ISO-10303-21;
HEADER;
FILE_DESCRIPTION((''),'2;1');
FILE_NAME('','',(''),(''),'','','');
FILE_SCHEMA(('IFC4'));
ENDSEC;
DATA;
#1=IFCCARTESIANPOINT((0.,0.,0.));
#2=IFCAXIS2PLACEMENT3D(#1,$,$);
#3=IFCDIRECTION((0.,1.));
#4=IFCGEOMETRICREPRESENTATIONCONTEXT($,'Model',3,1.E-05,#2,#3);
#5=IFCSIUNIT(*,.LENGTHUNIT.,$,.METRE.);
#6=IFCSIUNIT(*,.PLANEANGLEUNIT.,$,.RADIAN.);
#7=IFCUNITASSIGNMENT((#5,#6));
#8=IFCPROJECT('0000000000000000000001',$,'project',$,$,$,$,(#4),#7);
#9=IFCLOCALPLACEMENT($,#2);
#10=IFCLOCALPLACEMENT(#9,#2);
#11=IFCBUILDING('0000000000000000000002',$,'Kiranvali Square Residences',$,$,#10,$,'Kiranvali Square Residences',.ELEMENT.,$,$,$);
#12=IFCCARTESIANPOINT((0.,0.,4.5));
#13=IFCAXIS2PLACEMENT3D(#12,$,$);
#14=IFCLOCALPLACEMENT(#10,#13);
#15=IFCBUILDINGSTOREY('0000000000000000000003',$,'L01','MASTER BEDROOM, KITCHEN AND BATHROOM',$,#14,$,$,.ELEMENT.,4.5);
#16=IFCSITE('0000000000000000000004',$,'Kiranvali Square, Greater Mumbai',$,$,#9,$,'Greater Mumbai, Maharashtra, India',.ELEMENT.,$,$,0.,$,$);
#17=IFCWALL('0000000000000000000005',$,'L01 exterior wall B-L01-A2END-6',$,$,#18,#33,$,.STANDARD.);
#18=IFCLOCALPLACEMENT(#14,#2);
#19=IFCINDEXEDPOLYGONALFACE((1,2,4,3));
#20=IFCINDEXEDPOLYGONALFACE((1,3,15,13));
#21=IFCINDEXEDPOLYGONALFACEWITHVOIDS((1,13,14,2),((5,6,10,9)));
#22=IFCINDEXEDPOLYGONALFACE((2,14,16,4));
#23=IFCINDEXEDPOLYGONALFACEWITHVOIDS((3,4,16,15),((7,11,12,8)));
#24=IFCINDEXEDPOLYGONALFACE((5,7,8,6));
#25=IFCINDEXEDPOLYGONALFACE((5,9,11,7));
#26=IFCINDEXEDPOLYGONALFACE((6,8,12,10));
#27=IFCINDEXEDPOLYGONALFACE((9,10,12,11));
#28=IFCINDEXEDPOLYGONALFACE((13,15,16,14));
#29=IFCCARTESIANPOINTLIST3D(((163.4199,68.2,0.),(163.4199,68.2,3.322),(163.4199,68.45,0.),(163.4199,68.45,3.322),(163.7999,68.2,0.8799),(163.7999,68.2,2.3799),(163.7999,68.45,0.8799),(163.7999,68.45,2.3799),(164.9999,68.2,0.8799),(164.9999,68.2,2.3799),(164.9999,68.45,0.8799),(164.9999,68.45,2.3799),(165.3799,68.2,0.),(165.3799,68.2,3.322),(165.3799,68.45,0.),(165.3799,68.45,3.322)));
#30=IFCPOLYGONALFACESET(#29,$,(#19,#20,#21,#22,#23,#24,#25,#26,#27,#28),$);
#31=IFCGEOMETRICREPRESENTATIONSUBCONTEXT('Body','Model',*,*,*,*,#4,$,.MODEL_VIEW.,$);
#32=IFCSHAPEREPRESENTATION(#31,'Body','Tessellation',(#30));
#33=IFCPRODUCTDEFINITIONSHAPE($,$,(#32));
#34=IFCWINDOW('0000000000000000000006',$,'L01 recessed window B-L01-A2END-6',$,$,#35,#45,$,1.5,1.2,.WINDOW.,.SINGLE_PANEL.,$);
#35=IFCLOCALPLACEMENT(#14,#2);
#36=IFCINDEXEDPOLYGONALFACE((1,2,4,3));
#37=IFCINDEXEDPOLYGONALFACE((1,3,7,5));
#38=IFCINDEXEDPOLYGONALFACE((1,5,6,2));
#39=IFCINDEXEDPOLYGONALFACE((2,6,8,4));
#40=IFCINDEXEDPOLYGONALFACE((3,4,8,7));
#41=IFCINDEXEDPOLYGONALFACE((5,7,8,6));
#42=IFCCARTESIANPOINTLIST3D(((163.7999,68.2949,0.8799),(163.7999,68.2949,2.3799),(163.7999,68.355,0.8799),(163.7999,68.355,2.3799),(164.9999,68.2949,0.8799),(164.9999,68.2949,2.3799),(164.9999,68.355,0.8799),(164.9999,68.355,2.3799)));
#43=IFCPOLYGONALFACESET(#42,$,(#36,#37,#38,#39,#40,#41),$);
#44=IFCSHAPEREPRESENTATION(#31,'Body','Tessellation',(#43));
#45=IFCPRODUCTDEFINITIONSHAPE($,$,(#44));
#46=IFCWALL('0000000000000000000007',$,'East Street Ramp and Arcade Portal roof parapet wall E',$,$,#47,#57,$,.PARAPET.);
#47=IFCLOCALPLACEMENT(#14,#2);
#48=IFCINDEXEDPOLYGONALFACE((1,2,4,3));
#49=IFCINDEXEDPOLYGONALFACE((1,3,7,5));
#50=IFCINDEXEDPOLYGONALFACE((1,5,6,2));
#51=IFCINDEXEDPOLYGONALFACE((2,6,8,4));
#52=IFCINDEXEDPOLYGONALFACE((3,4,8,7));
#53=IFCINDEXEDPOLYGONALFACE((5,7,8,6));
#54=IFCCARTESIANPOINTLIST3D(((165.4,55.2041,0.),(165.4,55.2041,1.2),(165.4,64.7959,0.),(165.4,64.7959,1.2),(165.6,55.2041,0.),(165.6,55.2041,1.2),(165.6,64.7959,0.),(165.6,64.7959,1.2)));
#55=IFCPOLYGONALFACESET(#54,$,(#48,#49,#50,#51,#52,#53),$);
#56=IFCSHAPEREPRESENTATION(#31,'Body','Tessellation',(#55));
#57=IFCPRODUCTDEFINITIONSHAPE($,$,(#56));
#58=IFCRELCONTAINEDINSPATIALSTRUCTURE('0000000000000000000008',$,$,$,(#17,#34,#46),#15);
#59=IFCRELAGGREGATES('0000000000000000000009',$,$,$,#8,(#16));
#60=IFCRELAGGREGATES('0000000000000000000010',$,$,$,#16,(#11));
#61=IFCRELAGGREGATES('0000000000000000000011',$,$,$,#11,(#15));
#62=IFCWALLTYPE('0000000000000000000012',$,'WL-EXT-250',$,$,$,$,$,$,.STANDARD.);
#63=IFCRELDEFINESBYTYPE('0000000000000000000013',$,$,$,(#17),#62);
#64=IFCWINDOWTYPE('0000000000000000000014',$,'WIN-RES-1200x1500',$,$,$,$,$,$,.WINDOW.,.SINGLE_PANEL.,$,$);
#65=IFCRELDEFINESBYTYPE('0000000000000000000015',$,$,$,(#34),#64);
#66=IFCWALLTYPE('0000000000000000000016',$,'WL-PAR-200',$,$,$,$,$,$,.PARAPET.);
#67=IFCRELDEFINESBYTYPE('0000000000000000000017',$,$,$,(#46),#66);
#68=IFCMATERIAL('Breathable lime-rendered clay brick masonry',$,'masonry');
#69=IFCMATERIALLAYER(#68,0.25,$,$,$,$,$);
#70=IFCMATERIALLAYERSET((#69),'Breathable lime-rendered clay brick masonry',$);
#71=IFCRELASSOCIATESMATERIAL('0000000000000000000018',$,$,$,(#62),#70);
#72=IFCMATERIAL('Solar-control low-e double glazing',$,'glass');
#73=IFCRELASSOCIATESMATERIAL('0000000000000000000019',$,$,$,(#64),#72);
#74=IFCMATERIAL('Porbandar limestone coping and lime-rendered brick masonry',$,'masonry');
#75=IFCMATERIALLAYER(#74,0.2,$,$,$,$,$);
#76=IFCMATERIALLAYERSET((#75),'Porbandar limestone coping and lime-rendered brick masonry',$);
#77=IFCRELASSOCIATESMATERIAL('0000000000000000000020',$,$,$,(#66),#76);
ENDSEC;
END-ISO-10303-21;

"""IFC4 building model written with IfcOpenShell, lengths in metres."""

from ifc_helpers import new_model, si_unit, direction, frame, frame_2d, origin, place, context, subcontext, project, spatial, rectangle, extrude, material, layer, layer_set, type_object, element, fill, save


model = new_model("IFC4")

# Units and contexts
model_context = context("Model", 3, precision=1e-05, world=origin(), true_north=direction((0.0, 1.0)))
body_context = subcontext(model_context, "Body", "Model", "MODEL_VIEW")
ifc_project = project(units=[si_unit("LENGTHUNIT", "METRE"), si_unit("PLANEANGLEUNIT", "RADIAN")], contexts=[model_context])

# Site, building, storey
site_placement = place(None, origin())
site = spatial("IfcSite", under=ifc_project, at=site_placement, Name="Kiranvali Square, Greater Mumbai", LongName="Greater Mumbai, Maharashtra, India", CompositionType="ELEMENT", RefElevation=0.0)
building_placement = place(site_placement, origin())
building = spatial("IfcBuilding", under=site, at=building_placement, Name="Kiranvali Square Residences", LongName="Kiranvali Square Residences", CompositionType="ELEMENT")
storey_placement = place(building_placement, frame((0.0, 0.0, 4.5)))
storey = spatial("IfcBuildingStorey", under=building, at=storey_placement, Name="L01", Description="MASTER BEDROOM, KITCHEN AND BATHROOM", CompositionType="ELEMENT", Elevation=4.5)

# Wall, opening, window
ifc_material_1 = material(Name="Breathable lime-rendered clay brick masonry", Category="masonry")
ifc_layer_1 = layer(ifc_material_1, 0.25)
ifc_layer_set_1 = layer_set([ifc_layer_1], Name="Breathable lime-rendered clay brick masonry")
wall_type_1 = type_object("IfcWallType", Name="WL-EXT-250", PredefinedType="STANDARD", material=ifc_layer_set_1)
ifc_material_2 = material(Name="Solar-control low-e double glazing", Category="glass")
window_type = type_object("IfcWindowType", Name="WIN-RES-1200x1500", PartitioningType="SINGLE_PANEL", PredefinedType="WINDOW", material=ifc_material_2)
wall_1_placement = place(storey_placement, frame((163.4199, 68.325, 0.0), z_axis=(0.0, 0.0, 1.0), x_axis=(1.0, 0.0, 0.0)))
wall_1 = element("IfcWall", 1, at=wall_1_placement, inside=storey, type_object=wall_type_1, Name="L01 exterior wall B-L01-A2END-6", PredefinedType="STANDARD", context=body_context, shape_type="SweptSolid", body=[
    extrude(rectangle(XDim=1.96, YDim=0.25, at=frame_2d((0.98, 0.0))), origin(), (0.0, 0.0, 1.0), 3.322),
])
opening_1_placement = place(wall_1_placement, frame((0.3799, 0.0, 0.8799)))
opening_1 = element("IfcOpeningElement", 2, at=opening_1_placement, cuts=wall_1, PredefinedType="OPENING", context=body_context, shape_type="SweptSolid", body=[
    extrude(rectangle(XDim=1.2, YDim=1.5, at=frame_2d((0.6001, 0.75))), frame((0.0, 0.135, 0.0), z_axis=(0.0, -1.0, 0.0), x_axis=(1.0, 0.0, 0.0)), (0.0, 0.0, 1.0), 0.27),
])
window_1_placement = place(opening_1_placement, origin())
window_1 = element("IfcWindow", 3, at=window_1_placement, inside=storey, type_object=window_type, Name="L01 recessed window B-L01-A2END-6", OverallHeight=1.5, OverallWidth=1.2, PartitioningType="SINGLE_PANEL", PredefinedType="WINDOW", context=body_context, shape_type="SweptSolid", body=[
    extrude(rectangle(XDim=1.2, YDim=1.5, at=frame_2d((0.6001, 0.75))), frame((0.0, 0.03, 0.0), z_axis=(0.0, -1.0, 0.0), x_axis=(1.0, 0.0, 0.0)), (0.0, 0.0, 1.0), 0.0601),
])
fill(opening_1, window_1)

# Wall
ifc_material_3 = material(Name="Porbandar limestone coping and lime-rendered brick masonry", Category="masonry")
ifc_layer_2 = layer(ifc_material_3, 0.2)
ifc_layer_set_2 = layer_set([ifc_layer_2], Name="Porbandar limestone coping and lime-rendered brick masonry")
wall_type_2 = type_object("IfcWallType", Name="WL-PAR-200", PredefinedType="PARAPET", material=ifc_layer_set_2)
wall_2_placement = place(storey_placement, frame((165.5, 55.2041, 0.0), z_axis=(0.0, 0.0, 1.0), x_axis=(0.0, 1.0, 0.0)))
element("IfcWall", 4, at=wall_2_placement, inside=storey, type_object=wall_type_2, Name="East Street Ramp and Arcade Portal roof parapet wall E", PredefinedType="PARAPET", context=body_context, shape_type="SweptSolid", body=[
    extrude(rectangle(XDim=9.5918, YDim=0.2, at=frame_2d((4.7959, 0.0))), origin(), (0.0, 0.0, 1.0), 1.2),
])

save(model, "model.ifc")
